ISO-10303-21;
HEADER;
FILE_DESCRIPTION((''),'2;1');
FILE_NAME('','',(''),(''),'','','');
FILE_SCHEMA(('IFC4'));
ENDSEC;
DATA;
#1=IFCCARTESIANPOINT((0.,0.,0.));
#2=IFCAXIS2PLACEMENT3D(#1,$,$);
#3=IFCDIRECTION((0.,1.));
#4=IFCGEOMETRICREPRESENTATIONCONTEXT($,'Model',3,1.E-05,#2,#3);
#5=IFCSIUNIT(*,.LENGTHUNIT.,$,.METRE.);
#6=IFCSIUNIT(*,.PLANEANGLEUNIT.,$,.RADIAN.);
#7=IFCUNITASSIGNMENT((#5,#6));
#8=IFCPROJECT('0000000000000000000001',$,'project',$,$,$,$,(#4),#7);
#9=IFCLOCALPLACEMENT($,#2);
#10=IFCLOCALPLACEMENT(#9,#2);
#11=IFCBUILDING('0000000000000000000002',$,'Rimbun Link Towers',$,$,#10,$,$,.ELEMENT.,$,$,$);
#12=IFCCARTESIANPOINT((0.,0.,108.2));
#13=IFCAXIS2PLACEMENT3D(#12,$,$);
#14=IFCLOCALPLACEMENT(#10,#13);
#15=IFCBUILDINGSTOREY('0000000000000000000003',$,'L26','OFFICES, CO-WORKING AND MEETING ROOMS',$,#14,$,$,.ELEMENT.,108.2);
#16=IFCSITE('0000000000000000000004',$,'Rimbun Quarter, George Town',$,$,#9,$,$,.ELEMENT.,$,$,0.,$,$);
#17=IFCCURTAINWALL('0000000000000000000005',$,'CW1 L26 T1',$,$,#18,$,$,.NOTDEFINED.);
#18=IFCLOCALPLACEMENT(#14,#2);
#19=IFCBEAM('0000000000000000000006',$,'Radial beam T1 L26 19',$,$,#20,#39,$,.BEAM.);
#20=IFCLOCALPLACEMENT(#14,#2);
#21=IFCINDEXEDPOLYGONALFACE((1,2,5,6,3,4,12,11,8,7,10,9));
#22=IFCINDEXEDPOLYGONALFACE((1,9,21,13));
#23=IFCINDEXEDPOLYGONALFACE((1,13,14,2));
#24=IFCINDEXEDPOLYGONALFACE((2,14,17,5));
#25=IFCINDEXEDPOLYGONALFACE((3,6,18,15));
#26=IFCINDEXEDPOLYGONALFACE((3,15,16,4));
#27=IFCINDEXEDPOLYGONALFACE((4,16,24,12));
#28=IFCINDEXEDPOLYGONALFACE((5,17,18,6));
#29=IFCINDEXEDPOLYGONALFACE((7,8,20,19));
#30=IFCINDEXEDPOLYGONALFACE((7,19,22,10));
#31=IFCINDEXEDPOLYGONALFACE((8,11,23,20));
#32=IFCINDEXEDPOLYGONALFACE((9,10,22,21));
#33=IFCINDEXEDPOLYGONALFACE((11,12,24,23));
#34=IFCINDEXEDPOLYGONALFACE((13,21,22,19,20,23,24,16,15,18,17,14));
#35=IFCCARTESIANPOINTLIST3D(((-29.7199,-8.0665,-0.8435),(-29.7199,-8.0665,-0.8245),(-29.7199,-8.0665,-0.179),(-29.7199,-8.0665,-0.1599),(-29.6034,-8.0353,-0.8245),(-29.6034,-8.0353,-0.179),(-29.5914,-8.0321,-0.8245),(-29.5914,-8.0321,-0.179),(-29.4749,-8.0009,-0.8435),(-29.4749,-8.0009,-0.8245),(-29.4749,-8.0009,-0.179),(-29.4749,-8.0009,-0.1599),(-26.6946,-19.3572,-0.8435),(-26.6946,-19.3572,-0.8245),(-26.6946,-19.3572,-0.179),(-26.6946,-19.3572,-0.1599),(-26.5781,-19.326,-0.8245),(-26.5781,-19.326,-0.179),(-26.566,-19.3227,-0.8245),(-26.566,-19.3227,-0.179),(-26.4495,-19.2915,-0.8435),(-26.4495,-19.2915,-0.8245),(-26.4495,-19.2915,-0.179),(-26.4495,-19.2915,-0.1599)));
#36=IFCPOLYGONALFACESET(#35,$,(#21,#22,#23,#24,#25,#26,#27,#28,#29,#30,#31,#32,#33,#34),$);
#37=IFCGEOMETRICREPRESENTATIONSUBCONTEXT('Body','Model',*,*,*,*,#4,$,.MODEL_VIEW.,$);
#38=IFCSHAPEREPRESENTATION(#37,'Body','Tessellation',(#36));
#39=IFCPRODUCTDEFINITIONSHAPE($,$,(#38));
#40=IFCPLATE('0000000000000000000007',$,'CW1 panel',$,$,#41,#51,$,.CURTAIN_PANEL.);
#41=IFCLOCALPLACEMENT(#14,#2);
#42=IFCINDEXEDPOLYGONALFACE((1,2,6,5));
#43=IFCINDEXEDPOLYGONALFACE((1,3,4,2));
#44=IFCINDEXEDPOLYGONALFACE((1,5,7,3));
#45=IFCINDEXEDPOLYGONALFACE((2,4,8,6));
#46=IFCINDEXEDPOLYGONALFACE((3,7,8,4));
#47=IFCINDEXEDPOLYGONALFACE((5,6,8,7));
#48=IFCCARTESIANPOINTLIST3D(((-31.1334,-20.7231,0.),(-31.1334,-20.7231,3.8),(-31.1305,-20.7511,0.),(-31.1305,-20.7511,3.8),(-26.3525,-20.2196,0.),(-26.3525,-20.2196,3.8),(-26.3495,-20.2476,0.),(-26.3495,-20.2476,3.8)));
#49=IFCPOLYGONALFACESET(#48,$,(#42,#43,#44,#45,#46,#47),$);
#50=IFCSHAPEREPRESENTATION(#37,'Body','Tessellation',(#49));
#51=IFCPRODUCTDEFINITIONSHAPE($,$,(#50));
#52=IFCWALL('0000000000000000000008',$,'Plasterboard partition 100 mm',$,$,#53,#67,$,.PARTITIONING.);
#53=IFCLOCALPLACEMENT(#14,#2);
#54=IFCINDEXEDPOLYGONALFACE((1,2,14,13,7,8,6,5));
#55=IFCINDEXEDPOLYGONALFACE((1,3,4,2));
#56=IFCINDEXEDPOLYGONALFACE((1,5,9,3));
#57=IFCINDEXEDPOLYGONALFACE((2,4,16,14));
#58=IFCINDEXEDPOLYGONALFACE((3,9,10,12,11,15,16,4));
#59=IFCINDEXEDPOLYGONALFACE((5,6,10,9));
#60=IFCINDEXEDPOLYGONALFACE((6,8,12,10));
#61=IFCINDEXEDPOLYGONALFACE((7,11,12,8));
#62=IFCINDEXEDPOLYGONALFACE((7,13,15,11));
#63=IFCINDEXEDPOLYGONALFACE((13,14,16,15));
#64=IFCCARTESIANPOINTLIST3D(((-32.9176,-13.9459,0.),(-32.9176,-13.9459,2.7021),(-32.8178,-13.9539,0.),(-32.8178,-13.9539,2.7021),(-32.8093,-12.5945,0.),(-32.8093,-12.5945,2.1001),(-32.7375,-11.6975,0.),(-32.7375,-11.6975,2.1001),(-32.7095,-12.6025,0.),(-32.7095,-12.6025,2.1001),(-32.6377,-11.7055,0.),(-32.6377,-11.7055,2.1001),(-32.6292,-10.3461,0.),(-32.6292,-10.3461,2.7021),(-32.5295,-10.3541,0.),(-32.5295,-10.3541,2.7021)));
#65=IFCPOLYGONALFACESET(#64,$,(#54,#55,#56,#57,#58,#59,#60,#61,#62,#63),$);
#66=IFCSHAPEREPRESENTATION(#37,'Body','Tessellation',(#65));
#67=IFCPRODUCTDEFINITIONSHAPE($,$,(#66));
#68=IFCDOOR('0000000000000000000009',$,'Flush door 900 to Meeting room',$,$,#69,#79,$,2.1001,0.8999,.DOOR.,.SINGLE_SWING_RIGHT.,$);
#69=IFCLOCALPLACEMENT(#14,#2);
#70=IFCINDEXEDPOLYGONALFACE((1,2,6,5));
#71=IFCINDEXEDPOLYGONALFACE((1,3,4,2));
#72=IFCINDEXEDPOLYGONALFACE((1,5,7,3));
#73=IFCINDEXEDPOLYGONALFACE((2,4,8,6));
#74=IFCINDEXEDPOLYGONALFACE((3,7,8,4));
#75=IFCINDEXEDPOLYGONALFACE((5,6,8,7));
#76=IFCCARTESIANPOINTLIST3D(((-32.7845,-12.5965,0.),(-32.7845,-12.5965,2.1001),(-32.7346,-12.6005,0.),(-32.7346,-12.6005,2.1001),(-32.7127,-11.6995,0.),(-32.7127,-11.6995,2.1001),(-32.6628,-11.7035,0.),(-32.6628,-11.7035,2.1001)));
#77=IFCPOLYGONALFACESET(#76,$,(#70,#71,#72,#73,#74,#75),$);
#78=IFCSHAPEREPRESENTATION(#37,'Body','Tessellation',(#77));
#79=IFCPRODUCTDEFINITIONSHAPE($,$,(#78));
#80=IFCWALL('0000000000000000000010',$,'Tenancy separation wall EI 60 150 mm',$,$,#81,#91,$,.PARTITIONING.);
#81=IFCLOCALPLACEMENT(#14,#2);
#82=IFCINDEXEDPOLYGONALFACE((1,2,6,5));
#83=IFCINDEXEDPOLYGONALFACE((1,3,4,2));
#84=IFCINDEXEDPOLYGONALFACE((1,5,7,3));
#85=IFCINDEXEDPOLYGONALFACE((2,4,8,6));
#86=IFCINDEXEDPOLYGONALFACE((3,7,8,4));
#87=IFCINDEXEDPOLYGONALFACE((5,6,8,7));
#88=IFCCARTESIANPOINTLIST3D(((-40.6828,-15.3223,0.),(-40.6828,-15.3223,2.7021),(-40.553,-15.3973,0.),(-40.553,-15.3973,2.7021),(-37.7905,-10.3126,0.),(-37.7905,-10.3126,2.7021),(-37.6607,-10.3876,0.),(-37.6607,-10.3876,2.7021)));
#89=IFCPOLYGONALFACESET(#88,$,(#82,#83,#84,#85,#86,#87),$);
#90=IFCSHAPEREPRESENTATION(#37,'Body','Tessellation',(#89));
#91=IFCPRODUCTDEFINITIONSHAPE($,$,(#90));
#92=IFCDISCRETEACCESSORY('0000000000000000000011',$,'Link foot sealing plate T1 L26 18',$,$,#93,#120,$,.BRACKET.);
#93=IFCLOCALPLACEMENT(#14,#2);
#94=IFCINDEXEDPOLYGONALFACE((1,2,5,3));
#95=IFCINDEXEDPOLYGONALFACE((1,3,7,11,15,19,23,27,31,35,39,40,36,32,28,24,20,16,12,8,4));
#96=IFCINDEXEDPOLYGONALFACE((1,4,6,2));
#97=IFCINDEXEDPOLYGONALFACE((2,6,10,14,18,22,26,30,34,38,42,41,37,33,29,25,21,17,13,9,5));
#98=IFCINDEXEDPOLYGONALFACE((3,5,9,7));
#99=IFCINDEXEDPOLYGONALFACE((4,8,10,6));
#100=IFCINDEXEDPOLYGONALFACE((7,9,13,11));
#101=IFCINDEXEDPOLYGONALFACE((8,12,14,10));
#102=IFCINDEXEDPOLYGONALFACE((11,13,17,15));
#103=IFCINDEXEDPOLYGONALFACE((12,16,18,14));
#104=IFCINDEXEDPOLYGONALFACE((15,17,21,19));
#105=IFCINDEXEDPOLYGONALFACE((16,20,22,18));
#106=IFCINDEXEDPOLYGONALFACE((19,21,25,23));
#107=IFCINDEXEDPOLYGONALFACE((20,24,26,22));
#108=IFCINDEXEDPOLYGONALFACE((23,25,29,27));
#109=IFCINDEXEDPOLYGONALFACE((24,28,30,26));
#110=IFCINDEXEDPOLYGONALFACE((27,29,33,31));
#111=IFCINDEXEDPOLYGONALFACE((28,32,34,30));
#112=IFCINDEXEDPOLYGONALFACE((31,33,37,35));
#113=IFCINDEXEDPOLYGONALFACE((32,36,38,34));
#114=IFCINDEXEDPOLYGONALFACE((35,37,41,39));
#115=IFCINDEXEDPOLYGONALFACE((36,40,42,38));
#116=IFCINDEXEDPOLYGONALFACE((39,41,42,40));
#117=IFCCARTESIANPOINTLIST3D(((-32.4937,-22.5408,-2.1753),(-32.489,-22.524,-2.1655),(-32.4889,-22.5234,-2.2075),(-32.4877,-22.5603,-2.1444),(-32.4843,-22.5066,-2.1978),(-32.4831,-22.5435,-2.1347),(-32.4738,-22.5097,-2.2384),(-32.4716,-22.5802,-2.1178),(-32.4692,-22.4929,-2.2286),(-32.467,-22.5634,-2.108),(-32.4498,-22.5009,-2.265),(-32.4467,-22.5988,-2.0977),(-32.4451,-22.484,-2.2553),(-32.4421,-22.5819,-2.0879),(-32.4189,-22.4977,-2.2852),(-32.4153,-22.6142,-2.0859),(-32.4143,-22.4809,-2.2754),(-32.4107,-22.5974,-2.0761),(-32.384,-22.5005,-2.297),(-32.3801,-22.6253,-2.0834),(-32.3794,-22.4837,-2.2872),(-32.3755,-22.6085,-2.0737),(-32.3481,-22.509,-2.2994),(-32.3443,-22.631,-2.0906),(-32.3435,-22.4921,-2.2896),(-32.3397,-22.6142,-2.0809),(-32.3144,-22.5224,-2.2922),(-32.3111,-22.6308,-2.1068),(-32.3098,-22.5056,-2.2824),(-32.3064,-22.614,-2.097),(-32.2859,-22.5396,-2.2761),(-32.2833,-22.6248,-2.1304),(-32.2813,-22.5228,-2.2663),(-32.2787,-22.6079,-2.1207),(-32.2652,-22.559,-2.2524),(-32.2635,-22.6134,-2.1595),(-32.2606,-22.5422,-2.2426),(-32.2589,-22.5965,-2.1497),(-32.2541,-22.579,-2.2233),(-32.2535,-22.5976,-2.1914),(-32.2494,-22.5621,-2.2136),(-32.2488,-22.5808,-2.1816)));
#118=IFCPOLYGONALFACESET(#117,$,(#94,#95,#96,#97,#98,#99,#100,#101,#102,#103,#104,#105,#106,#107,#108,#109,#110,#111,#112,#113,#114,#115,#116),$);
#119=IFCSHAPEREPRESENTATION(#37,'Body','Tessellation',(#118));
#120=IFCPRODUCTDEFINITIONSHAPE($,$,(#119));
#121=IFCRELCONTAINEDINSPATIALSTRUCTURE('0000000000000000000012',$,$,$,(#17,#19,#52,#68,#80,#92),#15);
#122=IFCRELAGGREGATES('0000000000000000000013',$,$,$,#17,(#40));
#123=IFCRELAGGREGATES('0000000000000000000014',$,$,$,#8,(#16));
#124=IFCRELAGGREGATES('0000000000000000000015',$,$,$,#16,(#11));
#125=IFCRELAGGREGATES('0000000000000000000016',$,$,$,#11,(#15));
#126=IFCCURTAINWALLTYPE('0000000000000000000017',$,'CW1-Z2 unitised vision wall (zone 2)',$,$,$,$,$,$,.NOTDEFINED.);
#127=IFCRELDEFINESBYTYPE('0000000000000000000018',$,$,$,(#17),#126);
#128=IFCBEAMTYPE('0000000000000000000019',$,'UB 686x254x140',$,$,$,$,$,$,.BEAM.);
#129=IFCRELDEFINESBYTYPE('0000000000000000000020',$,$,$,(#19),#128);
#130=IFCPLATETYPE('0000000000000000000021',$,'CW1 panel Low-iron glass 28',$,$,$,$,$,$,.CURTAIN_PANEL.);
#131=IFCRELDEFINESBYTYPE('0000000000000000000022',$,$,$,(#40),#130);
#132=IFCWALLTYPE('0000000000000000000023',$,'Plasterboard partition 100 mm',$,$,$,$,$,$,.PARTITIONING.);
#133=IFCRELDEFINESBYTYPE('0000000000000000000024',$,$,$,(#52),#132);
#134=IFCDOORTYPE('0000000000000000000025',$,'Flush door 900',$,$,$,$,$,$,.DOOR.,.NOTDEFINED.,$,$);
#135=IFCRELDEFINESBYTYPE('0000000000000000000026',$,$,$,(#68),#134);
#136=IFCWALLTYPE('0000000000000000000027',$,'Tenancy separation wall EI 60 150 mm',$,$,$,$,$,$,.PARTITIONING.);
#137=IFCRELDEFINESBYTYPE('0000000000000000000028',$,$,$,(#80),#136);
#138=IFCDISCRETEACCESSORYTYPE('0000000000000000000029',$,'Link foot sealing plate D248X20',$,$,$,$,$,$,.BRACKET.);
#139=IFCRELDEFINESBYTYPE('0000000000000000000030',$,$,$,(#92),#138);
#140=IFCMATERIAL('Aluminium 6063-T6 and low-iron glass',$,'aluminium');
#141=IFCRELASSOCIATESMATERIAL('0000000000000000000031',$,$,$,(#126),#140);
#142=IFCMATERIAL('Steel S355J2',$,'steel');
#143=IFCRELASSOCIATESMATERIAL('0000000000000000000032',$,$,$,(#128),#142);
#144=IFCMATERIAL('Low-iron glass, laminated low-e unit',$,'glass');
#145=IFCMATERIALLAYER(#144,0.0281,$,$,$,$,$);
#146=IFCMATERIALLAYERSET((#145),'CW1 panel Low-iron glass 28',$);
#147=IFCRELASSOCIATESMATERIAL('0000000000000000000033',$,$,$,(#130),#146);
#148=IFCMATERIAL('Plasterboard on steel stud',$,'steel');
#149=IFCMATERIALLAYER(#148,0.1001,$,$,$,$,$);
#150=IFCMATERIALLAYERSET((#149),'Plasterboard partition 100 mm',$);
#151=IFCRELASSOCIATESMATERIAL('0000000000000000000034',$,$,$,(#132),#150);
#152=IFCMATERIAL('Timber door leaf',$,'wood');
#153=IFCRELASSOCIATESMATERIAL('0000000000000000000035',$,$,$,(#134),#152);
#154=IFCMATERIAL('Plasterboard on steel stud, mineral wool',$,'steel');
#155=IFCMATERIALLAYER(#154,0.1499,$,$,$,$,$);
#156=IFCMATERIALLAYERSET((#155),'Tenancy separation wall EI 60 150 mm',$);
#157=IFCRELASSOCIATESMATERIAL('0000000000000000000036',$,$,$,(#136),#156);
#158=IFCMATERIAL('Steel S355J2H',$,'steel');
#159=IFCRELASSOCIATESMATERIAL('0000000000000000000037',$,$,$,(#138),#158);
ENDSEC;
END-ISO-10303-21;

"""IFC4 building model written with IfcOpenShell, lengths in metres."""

from ifc_helpers import new_model, si_unit, direction, frame, frame_2d, origin, origin_2d, place, context, subcontext, project, spatial, rectangle, circle, i_section, extrude, material, layer, layer_set, material_profile, profile_set, type_object, element, fill, aggregate, save


model = new_model("IFC4")

# Units and contexts
model_context = context("Model", 3, precision=1e-05, world=origin(), true_north=direction((0.0, 1.0)))
body_context = subcontext(model_context, "Body", "Model", "MODEL_VIEW")
ifc_project = project(units=[si_unit("LENGTHUNIT", "METRE"), si_unit("PLANEANGLEUNIT", "RADIAN")], contexts=[model_context])

# Site, building, storey
site_placement = place(None, origin())
site = spatial("IfcSite", under=ifc_project, at=site_placement, Name="Rimbun Quarter, George Town", CompositionType="ELEMENT", RefElevation=0.0)
building_placement = place(site_placement, origin())
building = spatial("IfcBuilding", under=site, at=building_placement, Name="Rimbun Link Towers", CompositionType="ELEMENT")
storey_placement = place(building_placement, frame((0.0, 0.0, 108.2)))
storey = spatial("IfcBuildingStorey", under=building, at=storey_placement, Name="L26", Description="OFFICES, CO-WORKING AND MEETING ROOMS", CompositionType="ELEMENT", Elevation=108.2)

# Curtain wall
ifc_material_1 = material(Name="Aluminium 6063-T6 and low-iron glass", Category="aluminium")
curtain_wall_type = type_object("IfcCurtainWallType", Name="CW1-Z2 unitised vision wall (zone 2)", PredefinedType="NOTDEFINED", material=ifc_material_1)
curtain_wall_placement = place(storey_placement, origin())
curtain_wall = element("IfcCurtainWall", 1, at=curtain_wall_placement, inside=storey, type_object=curtain_wall_type, Name="CW1 L26 T1", PredefinedType="NOTDEFINED")

# Beam
ifc_material_2 = material(Name="Steel S355J2", Category="steel")
ifc_material_profile_1 = material_profile(ifc_material_2, i_section(OverallWidth=0.2537, OverallDepth=0.6836, WebThickness=0.0125, FlangeThickness=0.019, at=origin_2d()), Name="UB 686x254x140")
ifc_profile_set_1 = profile_set([ifc_material_profile_1], Name="Steel S355J2")
beam_type_1 = type_object("IfcBeamType", Name="UB 686x254x140", PredefinedType="BEAM", material=ifc_profile_set_1)
beam_1_placement = place(storey_placement, frame((-29.5974, -8.0337, -0.5017), z_axis=(0.258822, -0.965925, 0.0), x_axis=(0.965925, 0.258822, 0.0)))
element("IfcBeam", 2, at=beam_1_placement, inside=storey, type_object=beam_type_1, Name="Radial beam T1 L26 19", PredefinedType="BEAM", context=body_context, shape_type="SweptSolid", body=[
    extrude(i_section(OverallWidth=0.2537, OverallDepth=0.6836, WebThickness=0.0125, FlangeThickness=0.019, at=origin_2d()), origin(), (0.0, 0.0, 1.0), 11.689),
])

# Plate
ifc_material_3 = material(Name="Low-iron glass, laminated low-e unit", Category="glass")
ifc_layer_1 = layer(ifc_material_3, 0.0281)
ifc_layer_set_1 = layer_set([ifc_layer_1], Name="CW1 panel Low-iron glass 28")
plate_type = type_object("IfcPlateType", Name="CW1 panel Low-iron glass 28", PredefinedType="CURTAIN_PANEL", material=ifc_layer_set_1)
plate_placement = place(storey_placement, frame((-28.7415, -20.4854, 0.0), z_axis=(0.0, 0.0, 1.0), x_axis=(-0.994501, -0.104732, 0.0)))
plate = element("IfcPlate", 3, at=plate_placement, type_object=plate_type, Name="CW1 panel", PredefinedType="CURTAIN_PANEL", context=body_context, shape_type="SweptSolid", body=[
    extrude(rectangle(XDim=4.8074, YDim=0.0281, at=origin_2d()), origin(), (0.0, 0.0, 1.0), 3.8),
])
aggregate(curtain_wall, [plate])

# Wall, opening, door
ifc_material_4 = material(Name="Plasterboard on steel stud", Category="steel")
ifc_layer_2 = layer(ifc_material_4, 0.1001)
ifc_layer_set_2 = layer_set([ifc_layer_2], Name="Plasterboard partition 100 mm")
wall_type_1 = type_object("IfcWallType", Name="Plasterboard partition 100 mm", PredefinedType="PARTITIONING", material=ifc_layer_set_2)
wall_1_placement = place(storey_placement, frame((-32.5793, -10.3501, 0.0), z_axis=(0.0, 0.0, 1.0), x_axis=(-0.079839, -0.996808, 0.0)))
wall_1 = element("IfcWall", 4, at=wall_1_placement, inside=storey, type_object=wall_type_1, Name="Plasterboard partition 100 mm", PredefinedType="PARTITIONING", context=body_context, shape_type="SweptSolid", body=[
    extrude(rectangle(XDim=3.6113, YDim=0.1001, at=frame_2d((1.8057, 0.0))), origin(), (0.0, 0.0, 1.0), 2.7021),
])
opening_placement = place(wall_1_placement, frame((1.3557, 0.0, 0.0)))
opening = element("IfcOpeningElement", 5, at=opening_placement, cuts=wall_1, PredefinedType="OPENING", context=body_context, shape_type="SweptSolid", body=[
    extrude(rectangle(XDim=0.8999, YDim=2.1001, at=frame_2d((0.45, 1.05))), frame((0.0, 0.0601, 0.0), z_axis=(0.0, -1.0, 0.0), x_axis=(1.0, 0.0, 0.0)), (0.0, 0.0, 1.0), 0.1201),
])
ifc_material_5 = material(Name="Timber door leaf", Category="wood")
door_type = type_object("IfcDoorType", Name="Flush door 900", OperationType="NOTDEFINED", PredefinedType="DOOR", material=ifc_material_5)
door_placement = place(opening_placement, origin())
door = element("IfcDoor", 6, at=door_placement, inside=storey, type_object=door_type, Name="Flush door 900 to Meeting room", OperationType="SINGLE_SWING_RIGHT", OverallHeight=2.1001, OverallWidth=0.8999, PredefinedType="DOOR", context=body_context, shape_type="SweptSolid", body=[
    extrude(rectangle(XDim=0.8999, YDim=2.1001, at=frame_2d((0.45, 1.05))), frame((0.0, 0.0249, 0.0), z_axis=(0.0, -1.0, 0.0), x_axis=(1.0, 0.0, 0.0)), (0.0, 0.0, 1.0), 0.05),
])
fill(opening, door)

# Wall
ifc_material_6 = material(Name="Plasterboard on steel stud, mineral wool", Category="steel")
ifc_layer_3 = layer(ifc_material_6, 0.1499)
ifc_layer_set_3 = layer_set([ifc_layer_3], Name="Tenancy separation wall EI 60 150 mm")
wall_type_2 = type_object("IfcWallType", Name="Tenancy separation wall EI 60 150 mm", PredefinedType="PARTITIONING", material=ifc_layer_set_3)
wall_2_placement = place(storey_placement, frame((-37.7256, -10.3501, 0.0), z_axis=(0.0, 0.0, 1.0), x_axis=(-0.499993, -0.86603, 0.0)))
element("IfcWall", 7, at=wall_2_placement, inside=storey, type_object=wall_type_2, Name="Tenancy separation wall EI 60 150 mm", PredefinedType="PARTITIONING", context=body_context, shape_type="SweptSolid", body=[
    extrude(rectangle(XDim=5.7847, YDim=0.1499, at=frame_2d((2.8923, 0.0))), origin(), (0.0, 0.0, 1.0), 2.7021),
])

# Discrete accessory
ifc_material_7 = material(Name="Steel S355J2H", Category="steel")
ifc_material_profile_2 = material_profile(ifc_material_7, circle(Radius=0.124, at=origin_2d()), Name="PL D248")
ifc_profile_set_2 = profile_set([ifc_material_profile_2], Name="Steel S355J2H")
discrete_accessory_type = type_object("IfcDiscreteAccessoryType", Name="Link foot sealing plate D248X20", PredefinedType="BRACKET", material=ifc_profile_set_2)
discrete_accessory_placement = place(storey_placement, frame((-32.3684, -22.5479, -2.1816), z_axis=(-0.231742, -0.841589, -0.487877), x_axis=(0.964116, -0.265481, 0.0)))
element("IfcDiscreteAccessory", 8, at=discrete_accessory_placement, inside=storey, type_object=discrete_accessory_type, Name="Link foot sealing plate T1 L26 18", PredefinedType="BRACKET", context=body_context, shape_type="SweptSolid", body=[
    extrude(circle(Radius=0.124, at=origin_2d()), origin(), (0.0, 0.0, 1.0), 0.02),
])

save(model, "model.ifc")
